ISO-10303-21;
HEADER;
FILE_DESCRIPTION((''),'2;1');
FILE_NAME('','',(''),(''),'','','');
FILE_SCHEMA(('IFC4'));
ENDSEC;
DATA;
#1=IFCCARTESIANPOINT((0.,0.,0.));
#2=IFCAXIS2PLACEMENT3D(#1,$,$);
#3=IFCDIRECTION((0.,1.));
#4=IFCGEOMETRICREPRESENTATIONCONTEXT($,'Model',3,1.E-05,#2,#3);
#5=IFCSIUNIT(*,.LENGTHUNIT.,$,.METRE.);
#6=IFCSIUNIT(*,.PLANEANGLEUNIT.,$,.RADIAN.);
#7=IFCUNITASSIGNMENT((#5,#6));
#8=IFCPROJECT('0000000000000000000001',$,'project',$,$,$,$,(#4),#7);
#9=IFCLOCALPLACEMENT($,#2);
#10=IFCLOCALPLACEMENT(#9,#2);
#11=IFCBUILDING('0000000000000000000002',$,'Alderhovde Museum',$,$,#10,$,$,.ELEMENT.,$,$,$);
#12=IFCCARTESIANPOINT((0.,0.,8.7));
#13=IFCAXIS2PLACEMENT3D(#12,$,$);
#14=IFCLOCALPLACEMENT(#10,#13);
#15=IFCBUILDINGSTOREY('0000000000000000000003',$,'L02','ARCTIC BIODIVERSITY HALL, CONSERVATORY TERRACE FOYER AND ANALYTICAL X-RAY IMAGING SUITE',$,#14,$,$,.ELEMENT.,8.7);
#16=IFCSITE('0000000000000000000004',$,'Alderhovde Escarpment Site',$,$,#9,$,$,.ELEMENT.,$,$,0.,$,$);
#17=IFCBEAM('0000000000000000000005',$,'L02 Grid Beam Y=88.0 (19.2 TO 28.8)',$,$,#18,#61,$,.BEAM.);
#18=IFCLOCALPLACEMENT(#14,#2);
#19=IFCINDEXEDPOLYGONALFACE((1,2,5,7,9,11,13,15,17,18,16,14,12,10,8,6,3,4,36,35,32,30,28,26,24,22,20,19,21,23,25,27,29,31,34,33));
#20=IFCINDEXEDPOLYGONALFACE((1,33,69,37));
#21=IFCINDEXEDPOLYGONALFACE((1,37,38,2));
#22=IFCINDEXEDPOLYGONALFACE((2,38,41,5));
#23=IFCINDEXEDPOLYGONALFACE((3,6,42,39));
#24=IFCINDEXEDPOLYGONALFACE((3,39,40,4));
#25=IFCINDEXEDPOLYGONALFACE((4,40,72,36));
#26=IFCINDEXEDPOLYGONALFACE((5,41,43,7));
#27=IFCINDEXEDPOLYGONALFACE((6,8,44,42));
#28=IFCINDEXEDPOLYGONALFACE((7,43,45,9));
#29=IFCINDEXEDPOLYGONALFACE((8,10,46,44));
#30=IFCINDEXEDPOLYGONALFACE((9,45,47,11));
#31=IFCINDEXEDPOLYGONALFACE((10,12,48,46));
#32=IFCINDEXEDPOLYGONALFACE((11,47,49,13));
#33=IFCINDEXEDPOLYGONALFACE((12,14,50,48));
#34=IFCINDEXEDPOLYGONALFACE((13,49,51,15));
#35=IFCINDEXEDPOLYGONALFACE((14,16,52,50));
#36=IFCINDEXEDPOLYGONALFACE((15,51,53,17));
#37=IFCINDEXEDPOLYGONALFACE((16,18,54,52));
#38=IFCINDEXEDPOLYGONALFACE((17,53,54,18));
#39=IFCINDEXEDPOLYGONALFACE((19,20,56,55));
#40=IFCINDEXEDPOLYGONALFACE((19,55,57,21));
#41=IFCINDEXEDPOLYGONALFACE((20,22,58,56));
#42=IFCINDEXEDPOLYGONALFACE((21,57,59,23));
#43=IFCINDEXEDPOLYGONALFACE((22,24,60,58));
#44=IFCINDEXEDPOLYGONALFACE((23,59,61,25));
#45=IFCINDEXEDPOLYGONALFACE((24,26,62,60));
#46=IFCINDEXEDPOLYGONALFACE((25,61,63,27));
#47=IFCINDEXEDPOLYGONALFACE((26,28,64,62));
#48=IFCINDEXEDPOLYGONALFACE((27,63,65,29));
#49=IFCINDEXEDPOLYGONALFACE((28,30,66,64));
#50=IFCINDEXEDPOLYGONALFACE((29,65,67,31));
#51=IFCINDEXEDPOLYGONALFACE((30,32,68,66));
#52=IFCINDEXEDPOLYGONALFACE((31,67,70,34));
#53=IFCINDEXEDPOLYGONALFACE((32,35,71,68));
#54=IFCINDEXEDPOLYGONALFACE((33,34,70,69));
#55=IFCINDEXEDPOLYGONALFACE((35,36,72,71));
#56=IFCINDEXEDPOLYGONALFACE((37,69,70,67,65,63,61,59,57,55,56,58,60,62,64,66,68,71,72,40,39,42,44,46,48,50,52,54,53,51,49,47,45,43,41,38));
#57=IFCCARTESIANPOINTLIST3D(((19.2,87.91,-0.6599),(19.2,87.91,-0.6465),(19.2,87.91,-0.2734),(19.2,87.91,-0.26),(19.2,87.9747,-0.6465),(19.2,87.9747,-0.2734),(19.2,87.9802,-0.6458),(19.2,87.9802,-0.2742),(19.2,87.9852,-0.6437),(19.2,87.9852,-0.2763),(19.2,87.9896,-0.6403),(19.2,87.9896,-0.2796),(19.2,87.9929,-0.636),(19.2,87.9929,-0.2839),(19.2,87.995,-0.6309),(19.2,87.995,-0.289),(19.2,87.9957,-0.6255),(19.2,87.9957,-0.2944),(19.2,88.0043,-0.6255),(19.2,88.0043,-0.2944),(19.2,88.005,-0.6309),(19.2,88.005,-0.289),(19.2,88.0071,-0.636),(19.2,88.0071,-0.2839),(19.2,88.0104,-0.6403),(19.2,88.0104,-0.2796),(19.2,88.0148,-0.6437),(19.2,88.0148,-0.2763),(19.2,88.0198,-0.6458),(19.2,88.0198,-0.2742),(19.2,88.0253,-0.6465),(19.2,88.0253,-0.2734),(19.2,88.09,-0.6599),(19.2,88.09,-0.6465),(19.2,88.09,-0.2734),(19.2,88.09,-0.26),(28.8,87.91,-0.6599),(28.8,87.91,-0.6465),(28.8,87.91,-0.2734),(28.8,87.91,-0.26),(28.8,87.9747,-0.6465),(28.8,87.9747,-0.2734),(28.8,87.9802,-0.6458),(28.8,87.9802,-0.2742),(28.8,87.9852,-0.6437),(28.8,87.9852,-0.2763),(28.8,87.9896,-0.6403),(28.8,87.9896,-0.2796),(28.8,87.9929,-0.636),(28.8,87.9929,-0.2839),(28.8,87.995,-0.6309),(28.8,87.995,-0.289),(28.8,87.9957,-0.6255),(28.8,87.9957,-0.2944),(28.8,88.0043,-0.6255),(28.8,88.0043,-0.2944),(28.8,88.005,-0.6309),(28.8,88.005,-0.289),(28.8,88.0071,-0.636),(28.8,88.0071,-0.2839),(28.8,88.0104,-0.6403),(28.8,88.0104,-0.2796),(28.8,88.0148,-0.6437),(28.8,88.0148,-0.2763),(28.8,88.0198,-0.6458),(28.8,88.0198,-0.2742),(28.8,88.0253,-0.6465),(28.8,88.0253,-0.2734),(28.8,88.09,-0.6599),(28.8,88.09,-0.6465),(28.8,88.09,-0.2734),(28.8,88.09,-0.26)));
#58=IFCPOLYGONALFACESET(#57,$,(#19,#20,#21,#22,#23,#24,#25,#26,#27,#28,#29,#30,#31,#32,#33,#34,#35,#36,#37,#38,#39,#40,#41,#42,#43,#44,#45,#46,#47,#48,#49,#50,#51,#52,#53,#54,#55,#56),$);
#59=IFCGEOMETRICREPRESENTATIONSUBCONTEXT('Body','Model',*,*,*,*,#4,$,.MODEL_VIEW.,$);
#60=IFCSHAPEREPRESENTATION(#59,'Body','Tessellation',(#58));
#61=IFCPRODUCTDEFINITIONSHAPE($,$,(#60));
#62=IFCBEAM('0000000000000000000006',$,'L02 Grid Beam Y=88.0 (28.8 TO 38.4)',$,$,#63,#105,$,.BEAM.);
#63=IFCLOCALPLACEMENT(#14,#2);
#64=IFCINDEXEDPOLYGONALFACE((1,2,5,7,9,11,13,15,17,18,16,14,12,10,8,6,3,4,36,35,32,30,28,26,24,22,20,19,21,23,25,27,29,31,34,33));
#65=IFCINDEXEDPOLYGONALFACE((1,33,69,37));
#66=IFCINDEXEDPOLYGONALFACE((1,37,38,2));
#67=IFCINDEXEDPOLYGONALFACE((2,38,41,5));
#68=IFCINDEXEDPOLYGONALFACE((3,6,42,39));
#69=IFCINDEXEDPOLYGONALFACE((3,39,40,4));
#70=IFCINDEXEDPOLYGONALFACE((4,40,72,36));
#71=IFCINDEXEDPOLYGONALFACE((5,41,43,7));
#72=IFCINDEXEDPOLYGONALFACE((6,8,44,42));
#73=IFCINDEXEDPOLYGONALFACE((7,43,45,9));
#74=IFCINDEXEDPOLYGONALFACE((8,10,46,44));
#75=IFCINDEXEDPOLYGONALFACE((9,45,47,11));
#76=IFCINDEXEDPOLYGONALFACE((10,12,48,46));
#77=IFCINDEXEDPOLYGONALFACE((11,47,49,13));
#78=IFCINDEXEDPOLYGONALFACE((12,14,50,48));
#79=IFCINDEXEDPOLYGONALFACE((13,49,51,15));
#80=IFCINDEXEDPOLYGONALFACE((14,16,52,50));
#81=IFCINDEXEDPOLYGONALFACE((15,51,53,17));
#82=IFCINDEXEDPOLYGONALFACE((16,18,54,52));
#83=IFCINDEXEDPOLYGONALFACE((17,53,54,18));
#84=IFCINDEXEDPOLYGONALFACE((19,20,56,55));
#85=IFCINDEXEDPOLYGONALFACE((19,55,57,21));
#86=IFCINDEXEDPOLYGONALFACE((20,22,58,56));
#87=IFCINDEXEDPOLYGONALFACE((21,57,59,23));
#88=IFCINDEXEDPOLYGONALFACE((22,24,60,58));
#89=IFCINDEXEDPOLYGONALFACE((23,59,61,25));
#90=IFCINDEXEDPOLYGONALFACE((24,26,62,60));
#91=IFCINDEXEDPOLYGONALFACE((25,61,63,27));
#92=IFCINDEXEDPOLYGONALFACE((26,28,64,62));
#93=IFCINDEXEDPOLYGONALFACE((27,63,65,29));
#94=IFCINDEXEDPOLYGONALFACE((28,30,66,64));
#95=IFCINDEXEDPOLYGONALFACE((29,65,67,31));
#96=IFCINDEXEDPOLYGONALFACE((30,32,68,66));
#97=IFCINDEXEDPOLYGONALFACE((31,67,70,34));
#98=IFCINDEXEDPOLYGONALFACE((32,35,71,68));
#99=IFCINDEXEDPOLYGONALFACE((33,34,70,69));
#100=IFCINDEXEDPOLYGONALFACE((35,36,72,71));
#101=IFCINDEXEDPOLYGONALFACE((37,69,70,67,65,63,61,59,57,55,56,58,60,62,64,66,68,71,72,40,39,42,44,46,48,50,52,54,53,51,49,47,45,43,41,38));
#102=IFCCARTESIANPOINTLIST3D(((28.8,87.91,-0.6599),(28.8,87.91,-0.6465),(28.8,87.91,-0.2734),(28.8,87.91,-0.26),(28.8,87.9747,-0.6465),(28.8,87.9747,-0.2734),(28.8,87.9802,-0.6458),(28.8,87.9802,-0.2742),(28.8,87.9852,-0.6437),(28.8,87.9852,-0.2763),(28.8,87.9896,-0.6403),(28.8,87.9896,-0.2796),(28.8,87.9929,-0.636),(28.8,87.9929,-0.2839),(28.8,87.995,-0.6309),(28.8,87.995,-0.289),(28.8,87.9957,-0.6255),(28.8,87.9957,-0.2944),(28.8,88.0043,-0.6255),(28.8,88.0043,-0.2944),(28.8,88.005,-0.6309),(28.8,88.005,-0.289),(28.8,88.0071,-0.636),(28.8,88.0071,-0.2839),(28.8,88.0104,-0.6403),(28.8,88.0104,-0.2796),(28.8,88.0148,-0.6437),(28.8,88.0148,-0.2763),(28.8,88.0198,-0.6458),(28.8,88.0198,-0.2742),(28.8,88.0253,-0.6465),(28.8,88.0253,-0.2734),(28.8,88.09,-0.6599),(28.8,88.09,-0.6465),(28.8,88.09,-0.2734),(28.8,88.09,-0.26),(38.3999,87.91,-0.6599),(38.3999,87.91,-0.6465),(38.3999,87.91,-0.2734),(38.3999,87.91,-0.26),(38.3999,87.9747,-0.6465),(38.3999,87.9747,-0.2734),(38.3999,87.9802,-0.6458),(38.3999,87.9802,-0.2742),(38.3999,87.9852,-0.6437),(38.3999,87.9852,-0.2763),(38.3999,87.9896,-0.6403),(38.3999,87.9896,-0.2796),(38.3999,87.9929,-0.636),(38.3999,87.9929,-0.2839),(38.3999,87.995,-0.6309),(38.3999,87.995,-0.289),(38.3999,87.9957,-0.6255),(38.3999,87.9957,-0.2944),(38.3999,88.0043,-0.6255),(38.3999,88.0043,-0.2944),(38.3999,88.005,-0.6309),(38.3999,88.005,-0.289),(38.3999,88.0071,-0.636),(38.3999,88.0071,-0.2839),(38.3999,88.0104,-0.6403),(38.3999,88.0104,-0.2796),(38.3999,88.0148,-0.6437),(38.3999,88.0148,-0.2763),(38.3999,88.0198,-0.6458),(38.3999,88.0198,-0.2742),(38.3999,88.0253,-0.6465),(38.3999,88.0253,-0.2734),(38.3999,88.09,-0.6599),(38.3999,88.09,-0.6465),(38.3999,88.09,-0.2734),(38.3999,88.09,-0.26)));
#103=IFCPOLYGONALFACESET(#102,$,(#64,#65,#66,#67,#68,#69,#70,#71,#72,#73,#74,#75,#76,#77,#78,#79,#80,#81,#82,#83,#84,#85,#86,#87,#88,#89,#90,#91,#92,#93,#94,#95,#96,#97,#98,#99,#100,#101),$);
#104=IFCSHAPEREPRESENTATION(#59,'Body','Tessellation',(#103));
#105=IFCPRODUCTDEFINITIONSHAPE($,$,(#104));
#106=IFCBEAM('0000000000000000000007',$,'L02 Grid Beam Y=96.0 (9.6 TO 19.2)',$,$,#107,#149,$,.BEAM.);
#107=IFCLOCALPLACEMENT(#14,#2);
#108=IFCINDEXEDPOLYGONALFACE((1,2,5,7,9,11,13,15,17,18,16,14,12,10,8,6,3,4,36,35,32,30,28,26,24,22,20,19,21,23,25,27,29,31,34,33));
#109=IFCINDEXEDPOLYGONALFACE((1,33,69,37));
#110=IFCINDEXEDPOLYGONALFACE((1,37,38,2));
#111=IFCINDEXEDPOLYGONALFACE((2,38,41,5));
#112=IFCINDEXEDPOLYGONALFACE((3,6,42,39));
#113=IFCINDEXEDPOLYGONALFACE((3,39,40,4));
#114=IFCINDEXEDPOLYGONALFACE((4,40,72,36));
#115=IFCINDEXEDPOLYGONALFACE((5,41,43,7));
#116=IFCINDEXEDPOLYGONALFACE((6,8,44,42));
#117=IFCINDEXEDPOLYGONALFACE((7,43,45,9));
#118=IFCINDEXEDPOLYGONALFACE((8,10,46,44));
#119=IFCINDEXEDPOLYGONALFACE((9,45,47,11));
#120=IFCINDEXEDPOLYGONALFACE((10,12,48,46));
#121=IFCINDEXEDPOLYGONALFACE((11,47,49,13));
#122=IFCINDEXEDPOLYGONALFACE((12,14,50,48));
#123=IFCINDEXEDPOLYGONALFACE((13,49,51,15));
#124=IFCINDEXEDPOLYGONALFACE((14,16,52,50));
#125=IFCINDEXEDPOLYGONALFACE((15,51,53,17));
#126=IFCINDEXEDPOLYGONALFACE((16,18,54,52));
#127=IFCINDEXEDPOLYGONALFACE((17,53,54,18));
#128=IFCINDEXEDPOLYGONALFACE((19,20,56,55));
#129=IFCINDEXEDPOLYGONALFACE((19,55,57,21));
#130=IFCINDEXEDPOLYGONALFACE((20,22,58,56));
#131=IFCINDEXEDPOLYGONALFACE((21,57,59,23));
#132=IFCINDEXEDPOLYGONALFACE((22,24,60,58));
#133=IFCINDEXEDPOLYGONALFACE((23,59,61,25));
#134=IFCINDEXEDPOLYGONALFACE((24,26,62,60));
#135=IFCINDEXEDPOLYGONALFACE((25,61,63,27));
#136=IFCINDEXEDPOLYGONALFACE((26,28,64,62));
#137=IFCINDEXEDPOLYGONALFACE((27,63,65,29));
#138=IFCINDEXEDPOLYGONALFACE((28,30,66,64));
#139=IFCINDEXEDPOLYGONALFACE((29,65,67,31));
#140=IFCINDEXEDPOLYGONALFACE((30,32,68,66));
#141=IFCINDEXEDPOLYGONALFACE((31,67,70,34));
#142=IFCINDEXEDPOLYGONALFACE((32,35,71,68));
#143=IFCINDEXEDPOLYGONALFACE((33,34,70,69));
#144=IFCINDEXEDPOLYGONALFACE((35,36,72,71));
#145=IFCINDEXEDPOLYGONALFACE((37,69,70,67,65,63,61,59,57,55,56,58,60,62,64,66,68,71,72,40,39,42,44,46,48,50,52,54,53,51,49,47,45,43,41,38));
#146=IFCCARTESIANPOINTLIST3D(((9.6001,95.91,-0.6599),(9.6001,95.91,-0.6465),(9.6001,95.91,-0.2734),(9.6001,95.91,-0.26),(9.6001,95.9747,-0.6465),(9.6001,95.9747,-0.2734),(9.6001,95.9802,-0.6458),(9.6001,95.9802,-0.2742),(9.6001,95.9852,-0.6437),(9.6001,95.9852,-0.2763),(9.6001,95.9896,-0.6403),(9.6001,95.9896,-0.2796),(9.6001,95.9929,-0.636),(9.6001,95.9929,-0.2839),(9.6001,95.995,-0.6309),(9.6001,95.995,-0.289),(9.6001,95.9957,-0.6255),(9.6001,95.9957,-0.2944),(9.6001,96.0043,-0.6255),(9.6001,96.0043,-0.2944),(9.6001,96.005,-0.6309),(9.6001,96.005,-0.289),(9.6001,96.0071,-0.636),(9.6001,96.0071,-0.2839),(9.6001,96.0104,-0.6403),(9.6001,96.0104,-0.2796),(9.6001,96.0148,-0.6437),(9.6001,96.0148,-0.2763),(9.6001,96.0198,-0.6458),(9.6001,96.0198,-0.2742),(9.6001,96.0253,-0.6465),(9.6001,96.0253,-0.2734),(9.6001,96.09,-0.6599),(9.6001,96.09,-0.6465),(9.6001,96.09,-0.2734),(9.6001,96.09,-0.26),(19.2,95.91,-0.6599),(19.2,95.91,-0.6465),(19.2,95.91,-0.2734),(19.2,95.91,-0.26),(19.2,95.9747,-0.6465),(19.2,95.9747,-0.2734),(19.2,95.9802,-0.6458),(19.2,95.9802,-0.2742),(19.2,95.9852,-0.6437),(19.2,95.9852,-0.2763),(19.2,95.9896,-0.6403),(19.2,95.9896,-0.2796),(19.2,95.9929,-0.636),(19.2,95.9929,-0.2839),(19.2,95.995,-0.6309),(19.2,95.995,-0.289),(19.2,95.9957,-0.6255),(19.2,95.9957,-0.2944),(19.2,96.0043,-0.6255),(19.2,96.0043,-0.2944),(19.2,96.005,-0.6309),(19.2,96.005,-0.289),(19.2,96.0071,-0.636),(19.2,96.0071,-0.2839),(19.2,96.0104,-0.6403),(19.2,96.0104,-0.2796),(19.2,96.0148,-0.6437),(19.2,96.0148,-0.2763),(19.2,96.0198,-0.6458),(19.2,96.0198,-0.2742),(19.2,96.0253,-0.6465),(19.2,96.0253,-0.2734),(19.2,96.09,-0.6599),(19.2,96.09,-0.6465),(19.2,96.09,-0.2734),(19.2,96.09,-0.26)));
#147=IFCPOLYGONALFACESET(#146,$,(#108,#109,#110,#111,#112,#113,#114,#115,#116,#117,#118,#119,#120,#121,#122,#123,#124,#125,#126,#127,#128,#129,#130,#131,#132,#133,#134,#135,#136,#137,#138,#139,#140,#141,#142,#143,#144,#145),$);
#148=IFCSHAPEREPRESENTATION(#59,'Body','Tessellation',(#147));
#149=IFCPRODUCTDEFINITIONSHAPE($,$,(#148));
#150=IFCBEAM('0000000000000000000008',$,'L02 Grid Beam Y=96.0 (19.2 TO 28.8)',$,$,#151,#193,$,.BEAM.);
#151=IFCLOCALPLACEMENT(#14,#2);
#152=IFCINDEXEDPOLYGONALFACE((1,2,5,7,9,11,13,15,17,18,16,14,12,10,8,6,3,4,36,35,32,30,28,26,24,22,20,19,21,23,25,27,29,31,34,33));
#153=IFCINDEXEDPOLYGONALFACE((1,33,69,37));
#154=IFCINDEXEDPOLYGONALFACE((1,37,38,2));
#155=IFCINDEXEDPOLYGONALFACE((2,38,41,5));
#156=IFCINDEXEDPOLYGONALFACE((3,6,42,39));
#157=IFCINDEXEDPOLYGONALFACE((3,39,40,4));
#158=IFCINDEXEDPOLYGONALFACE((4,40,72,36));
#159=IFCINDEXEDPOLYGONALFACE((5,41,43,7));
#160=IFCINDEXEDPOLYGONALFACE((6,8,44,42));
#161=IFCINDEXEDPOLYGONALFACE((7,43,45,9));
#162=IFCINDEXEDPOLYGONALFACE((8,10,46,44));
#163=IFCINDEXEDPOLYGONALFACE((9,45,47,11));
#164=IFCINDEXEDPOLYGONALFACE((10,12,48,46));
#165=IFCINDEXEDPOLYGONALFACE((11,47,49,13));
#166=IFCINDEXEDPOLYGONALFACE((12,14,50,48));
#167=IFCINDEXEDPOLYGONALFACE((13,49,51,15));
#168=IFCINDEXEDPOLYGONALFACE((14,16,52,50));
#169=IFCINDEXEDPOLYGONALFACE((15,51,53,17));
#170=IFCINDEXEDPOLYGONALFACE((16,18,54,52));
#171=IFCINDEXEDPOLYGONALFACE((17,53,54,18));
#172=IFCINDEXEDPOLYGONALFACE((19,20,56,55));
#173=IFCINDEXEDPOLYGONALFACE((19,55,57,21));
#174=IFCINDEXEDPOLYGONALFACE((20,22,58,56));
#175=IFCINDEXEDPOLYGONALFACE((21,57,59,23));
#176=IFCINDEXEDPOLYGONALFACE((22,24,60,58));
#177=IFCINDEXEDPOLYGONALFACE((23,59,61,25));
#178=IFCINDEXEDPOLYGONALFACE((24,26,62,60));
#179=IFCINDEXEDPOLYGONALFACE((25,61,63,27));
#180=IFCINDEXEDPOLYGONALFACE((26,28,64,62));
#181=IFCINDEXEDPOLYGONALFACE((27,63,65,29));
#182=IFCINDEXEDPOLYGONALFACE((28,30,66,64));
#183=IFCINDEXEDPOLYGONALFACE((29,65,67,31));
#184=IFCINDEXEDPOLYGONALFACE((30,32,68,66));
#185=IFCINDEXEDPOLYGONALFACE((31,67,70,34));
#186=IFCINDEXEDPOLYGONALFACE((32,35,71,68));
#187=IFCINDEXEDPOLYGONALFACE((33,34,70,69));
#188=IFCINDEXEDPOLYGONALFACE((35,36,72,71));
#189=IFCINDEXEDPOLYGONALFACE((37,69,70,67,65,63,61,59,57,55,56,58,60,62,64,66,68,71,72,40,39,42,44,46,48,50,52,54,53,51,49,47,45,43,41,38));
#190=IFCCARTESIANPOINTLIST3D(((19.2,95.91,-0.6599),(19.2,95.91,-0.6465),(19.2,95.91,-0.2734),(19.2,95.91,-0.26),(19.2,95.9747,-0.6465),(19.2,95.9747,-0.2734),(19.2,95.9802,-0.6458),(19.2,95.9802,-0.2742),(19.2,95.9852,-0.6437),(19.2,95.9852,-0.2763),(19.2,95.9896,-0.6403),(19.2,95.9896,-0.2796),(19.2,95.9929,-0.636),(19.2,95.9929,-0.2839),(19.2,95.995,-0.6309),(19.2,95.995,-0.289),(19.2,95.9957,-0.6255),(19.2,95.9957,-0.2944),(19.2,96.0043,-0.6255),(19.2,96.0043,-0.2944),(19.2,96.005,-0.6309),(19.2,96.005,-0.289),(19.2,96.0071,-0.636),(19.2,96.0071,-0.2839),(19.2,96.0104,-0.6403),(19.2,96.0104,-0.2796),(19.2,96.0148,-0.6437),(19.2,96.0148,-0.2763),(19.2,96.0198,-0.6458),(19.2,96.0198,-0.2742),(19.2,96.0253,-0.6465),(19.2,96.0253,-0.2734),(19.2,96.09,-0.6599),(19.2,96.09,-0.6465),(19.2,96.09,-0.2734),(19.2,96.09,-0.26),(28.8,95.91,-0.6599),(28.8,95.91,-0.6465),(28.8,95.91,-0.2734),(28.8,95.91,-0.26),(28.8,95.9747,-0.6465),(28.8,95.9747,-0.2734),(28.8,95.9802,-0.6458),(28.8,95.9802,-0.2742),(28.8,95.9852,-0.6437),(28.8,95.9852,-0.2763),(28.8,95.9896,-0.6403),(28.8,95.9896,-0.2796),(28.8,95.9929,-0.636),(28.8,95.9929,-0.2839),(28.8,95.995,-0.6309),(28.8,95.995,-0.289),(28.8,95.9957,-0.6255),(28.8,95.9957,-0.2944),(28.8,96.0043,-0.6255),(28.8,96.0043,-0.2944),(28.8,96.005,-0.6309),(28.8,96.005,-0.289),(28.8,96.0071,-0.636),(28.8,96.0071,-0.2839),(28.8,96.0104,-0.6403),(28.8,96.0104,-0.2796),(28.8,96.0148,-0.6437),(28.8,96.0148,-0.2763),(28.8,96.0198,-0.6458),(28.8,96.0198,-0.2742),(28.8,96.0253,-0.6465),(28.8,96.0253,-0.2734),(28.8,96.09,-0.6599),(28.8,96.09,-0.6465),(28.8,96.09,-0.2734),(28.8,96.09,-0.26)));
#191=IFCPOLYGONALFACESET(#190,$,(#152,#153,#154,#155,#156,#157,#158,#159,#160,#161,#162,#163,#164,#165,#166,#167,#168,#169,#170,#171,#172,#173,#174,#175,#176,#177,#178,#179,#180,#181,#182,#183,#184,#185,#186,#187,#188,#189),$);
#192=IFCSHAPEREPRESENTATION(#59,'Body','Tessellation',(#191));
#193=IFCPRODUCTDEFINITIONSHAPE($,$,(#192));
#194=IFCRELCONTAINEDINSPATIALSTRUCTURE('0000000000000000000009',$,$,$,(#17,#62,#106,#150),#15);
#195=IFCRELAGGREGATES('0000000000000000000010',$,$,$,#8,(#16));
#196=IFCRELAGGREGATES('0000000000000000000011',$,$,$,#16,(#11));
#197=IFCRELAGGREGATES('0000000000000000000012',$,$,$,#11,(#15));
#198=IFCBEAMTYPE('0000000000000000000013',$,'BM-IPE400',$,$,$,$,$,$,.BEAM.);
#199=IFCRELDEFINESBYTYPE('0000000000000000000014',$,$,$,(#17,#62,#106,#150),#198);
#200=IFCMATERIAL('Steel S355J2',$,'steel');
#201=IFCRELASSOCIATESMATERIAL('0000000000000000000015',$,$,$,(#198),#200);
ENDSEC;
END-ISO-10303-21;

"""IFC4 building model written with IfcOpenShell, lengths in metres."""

from ifc_helpers import new_model, si_unit, direction, frame, origin, origin_2d, place, context, subcontext, project, spatial, i_section, extrude, material, material_profile, profile_set, type_object, element, save


model = new_model("IFC4")

# Units and contexts
model_context = context("Model", 3, precision=1e-05, world=origin(), true_north=direction((0.0, 1.0)))
body_context = subcontext(model_context, "Body", "Model", "MODEL_VIEW")
ifc_project = project(units=[si_unit("LENGTHUNIT", "METRE"), si_unit("PLANEANGLEUNIT", "RADIAN")], contexts=[model_context])

# Site, building, storey
site_placement = place(None, origin())
site = spatial("IfcSite", under=ifc_project, at=site_placement, Name="Alderhovde Escarpment Site", CompositionType="ELEMENT", RefElevation=0.0)
building_placement = place(site_placement, origin())
building = spatial("IfcBuilding", under=site, at=building_placement, Name="Alderhovde Museum", CompositionType="ELEMENT")
storey_placement = place(building_placement, frame((0.0, 0.0, 8.7)))
storey = spatial("IfcBuildingStorey", under=building, at=storey_placement, Name="L02", Description="ARCTIC BIODIVERSITY HALL, CONSERVATORY TERRACE FOYER AND ANALYTICAL X-RAY IMAGING SUITE", CompositionType="ELEMENT", Elevation=8.7)

# Beams
ifc_material_1 = material(Name="Steel S355J2", Category="steel")
ifc_material_profile_1 = material_profile(ifc_material_1, i_section(OverallWidth=0.1799, OverallDepth=0.3999, WebThickness=0.0085, FlangeThickness=0.0134, FilletRadius=0.021, at=origin_2d()), Name="IPE 400")
ifc_profile_set_1 = profile_set([ifc_material_profile_1], Name="Steel S355J2")
beam_type_1 = type_object("IfcBeamType", Name="BM-IPE400", PredefinedType="BEAM", material=ifc_profile_set_1)
beam_1_placement = place(storey_placement, frame((19.2, 88.0, -0.46), z_axis=(1.0, 0.0, 0.0), x_axis=(0.0, 1.0, 0.0)))
element("IfcBeam", 1, at=beam_1_placement, inside=storey, type_object=beam_type_1, Name="L02 Grid Beam Y=88.0 (19.2 TO 28.8)", PredefinedType="BEAM", context=body_context, shape_type="SweptSolid", body=[
    extrude(i_section(OverallWidth=0.1799, OverallDepth=0.3999, WebThickness=0.0085, FlangeThickness=0.0134, FilletRadius=0.021, at=origin_2d()), origin(), (0.0, 0.0, 1.0), 9.6001),
])
for number, where, z_axis, x_axis, name in (
    (2, (28.8, 88.0, -0.46), (1.0, 0.0, 0.0), (0.0, 1.0, 0.0), "L02 Grid Beam Y=88.0 (28.8 TO 38.4)"),
    (3, (9.6001, 96.0, -0.46), (1.0, 0.0, 0.0), (0.0, 1.0, 0.0), "L02 Grid Beam Y=96.0 (9.6 TO 19.2)"),
):
    element("IfcBeam", number, at=place(storey_placement, frame(where, z_axis=z_axis, x_axis=x_axis)), inside=storey, type_object=beam_type_1, Name=name, PredefinedType="BEAM", context=body_context, shape_type="SweptSolid", body=[
        extrude(i_section(OverallWidth=0.1799, OverallDepth=0.3999, WebThickness=0.0085, FlangeThickness=0.0134, FilletRadius=0.021, at=origin_2d()), origin(), (0.0, 0.0, 1.0), 9.5999),
    ])
beam_2_placement = place(storey_placement, frame((19.2, 96.0, -0.46), z_axis=(1.0, 0.0, 0.0), x_axis=(0.0, 1.0, 0.0)))
element("IfcBeam", 4, at=beam_2_placement, inside=storey, type_object=beam_type_1, Name="L02 Grid Beam Y=96.0 (19.2 TO 28.8)", PredefinedType="BEAM", context=body_context, shape_type="SweptSolid", body=[
    extrude(i_section(OverallWidth=0.1799, OverallDepth=0.3999, WebThickness=0.0085, FlangeThickness=0.0134, FilletRadius=0.021, at=origin_2d()), origin(), (0.0, 0.0, 1.0), 9.6001),
])

save(model, "model.ifc")
